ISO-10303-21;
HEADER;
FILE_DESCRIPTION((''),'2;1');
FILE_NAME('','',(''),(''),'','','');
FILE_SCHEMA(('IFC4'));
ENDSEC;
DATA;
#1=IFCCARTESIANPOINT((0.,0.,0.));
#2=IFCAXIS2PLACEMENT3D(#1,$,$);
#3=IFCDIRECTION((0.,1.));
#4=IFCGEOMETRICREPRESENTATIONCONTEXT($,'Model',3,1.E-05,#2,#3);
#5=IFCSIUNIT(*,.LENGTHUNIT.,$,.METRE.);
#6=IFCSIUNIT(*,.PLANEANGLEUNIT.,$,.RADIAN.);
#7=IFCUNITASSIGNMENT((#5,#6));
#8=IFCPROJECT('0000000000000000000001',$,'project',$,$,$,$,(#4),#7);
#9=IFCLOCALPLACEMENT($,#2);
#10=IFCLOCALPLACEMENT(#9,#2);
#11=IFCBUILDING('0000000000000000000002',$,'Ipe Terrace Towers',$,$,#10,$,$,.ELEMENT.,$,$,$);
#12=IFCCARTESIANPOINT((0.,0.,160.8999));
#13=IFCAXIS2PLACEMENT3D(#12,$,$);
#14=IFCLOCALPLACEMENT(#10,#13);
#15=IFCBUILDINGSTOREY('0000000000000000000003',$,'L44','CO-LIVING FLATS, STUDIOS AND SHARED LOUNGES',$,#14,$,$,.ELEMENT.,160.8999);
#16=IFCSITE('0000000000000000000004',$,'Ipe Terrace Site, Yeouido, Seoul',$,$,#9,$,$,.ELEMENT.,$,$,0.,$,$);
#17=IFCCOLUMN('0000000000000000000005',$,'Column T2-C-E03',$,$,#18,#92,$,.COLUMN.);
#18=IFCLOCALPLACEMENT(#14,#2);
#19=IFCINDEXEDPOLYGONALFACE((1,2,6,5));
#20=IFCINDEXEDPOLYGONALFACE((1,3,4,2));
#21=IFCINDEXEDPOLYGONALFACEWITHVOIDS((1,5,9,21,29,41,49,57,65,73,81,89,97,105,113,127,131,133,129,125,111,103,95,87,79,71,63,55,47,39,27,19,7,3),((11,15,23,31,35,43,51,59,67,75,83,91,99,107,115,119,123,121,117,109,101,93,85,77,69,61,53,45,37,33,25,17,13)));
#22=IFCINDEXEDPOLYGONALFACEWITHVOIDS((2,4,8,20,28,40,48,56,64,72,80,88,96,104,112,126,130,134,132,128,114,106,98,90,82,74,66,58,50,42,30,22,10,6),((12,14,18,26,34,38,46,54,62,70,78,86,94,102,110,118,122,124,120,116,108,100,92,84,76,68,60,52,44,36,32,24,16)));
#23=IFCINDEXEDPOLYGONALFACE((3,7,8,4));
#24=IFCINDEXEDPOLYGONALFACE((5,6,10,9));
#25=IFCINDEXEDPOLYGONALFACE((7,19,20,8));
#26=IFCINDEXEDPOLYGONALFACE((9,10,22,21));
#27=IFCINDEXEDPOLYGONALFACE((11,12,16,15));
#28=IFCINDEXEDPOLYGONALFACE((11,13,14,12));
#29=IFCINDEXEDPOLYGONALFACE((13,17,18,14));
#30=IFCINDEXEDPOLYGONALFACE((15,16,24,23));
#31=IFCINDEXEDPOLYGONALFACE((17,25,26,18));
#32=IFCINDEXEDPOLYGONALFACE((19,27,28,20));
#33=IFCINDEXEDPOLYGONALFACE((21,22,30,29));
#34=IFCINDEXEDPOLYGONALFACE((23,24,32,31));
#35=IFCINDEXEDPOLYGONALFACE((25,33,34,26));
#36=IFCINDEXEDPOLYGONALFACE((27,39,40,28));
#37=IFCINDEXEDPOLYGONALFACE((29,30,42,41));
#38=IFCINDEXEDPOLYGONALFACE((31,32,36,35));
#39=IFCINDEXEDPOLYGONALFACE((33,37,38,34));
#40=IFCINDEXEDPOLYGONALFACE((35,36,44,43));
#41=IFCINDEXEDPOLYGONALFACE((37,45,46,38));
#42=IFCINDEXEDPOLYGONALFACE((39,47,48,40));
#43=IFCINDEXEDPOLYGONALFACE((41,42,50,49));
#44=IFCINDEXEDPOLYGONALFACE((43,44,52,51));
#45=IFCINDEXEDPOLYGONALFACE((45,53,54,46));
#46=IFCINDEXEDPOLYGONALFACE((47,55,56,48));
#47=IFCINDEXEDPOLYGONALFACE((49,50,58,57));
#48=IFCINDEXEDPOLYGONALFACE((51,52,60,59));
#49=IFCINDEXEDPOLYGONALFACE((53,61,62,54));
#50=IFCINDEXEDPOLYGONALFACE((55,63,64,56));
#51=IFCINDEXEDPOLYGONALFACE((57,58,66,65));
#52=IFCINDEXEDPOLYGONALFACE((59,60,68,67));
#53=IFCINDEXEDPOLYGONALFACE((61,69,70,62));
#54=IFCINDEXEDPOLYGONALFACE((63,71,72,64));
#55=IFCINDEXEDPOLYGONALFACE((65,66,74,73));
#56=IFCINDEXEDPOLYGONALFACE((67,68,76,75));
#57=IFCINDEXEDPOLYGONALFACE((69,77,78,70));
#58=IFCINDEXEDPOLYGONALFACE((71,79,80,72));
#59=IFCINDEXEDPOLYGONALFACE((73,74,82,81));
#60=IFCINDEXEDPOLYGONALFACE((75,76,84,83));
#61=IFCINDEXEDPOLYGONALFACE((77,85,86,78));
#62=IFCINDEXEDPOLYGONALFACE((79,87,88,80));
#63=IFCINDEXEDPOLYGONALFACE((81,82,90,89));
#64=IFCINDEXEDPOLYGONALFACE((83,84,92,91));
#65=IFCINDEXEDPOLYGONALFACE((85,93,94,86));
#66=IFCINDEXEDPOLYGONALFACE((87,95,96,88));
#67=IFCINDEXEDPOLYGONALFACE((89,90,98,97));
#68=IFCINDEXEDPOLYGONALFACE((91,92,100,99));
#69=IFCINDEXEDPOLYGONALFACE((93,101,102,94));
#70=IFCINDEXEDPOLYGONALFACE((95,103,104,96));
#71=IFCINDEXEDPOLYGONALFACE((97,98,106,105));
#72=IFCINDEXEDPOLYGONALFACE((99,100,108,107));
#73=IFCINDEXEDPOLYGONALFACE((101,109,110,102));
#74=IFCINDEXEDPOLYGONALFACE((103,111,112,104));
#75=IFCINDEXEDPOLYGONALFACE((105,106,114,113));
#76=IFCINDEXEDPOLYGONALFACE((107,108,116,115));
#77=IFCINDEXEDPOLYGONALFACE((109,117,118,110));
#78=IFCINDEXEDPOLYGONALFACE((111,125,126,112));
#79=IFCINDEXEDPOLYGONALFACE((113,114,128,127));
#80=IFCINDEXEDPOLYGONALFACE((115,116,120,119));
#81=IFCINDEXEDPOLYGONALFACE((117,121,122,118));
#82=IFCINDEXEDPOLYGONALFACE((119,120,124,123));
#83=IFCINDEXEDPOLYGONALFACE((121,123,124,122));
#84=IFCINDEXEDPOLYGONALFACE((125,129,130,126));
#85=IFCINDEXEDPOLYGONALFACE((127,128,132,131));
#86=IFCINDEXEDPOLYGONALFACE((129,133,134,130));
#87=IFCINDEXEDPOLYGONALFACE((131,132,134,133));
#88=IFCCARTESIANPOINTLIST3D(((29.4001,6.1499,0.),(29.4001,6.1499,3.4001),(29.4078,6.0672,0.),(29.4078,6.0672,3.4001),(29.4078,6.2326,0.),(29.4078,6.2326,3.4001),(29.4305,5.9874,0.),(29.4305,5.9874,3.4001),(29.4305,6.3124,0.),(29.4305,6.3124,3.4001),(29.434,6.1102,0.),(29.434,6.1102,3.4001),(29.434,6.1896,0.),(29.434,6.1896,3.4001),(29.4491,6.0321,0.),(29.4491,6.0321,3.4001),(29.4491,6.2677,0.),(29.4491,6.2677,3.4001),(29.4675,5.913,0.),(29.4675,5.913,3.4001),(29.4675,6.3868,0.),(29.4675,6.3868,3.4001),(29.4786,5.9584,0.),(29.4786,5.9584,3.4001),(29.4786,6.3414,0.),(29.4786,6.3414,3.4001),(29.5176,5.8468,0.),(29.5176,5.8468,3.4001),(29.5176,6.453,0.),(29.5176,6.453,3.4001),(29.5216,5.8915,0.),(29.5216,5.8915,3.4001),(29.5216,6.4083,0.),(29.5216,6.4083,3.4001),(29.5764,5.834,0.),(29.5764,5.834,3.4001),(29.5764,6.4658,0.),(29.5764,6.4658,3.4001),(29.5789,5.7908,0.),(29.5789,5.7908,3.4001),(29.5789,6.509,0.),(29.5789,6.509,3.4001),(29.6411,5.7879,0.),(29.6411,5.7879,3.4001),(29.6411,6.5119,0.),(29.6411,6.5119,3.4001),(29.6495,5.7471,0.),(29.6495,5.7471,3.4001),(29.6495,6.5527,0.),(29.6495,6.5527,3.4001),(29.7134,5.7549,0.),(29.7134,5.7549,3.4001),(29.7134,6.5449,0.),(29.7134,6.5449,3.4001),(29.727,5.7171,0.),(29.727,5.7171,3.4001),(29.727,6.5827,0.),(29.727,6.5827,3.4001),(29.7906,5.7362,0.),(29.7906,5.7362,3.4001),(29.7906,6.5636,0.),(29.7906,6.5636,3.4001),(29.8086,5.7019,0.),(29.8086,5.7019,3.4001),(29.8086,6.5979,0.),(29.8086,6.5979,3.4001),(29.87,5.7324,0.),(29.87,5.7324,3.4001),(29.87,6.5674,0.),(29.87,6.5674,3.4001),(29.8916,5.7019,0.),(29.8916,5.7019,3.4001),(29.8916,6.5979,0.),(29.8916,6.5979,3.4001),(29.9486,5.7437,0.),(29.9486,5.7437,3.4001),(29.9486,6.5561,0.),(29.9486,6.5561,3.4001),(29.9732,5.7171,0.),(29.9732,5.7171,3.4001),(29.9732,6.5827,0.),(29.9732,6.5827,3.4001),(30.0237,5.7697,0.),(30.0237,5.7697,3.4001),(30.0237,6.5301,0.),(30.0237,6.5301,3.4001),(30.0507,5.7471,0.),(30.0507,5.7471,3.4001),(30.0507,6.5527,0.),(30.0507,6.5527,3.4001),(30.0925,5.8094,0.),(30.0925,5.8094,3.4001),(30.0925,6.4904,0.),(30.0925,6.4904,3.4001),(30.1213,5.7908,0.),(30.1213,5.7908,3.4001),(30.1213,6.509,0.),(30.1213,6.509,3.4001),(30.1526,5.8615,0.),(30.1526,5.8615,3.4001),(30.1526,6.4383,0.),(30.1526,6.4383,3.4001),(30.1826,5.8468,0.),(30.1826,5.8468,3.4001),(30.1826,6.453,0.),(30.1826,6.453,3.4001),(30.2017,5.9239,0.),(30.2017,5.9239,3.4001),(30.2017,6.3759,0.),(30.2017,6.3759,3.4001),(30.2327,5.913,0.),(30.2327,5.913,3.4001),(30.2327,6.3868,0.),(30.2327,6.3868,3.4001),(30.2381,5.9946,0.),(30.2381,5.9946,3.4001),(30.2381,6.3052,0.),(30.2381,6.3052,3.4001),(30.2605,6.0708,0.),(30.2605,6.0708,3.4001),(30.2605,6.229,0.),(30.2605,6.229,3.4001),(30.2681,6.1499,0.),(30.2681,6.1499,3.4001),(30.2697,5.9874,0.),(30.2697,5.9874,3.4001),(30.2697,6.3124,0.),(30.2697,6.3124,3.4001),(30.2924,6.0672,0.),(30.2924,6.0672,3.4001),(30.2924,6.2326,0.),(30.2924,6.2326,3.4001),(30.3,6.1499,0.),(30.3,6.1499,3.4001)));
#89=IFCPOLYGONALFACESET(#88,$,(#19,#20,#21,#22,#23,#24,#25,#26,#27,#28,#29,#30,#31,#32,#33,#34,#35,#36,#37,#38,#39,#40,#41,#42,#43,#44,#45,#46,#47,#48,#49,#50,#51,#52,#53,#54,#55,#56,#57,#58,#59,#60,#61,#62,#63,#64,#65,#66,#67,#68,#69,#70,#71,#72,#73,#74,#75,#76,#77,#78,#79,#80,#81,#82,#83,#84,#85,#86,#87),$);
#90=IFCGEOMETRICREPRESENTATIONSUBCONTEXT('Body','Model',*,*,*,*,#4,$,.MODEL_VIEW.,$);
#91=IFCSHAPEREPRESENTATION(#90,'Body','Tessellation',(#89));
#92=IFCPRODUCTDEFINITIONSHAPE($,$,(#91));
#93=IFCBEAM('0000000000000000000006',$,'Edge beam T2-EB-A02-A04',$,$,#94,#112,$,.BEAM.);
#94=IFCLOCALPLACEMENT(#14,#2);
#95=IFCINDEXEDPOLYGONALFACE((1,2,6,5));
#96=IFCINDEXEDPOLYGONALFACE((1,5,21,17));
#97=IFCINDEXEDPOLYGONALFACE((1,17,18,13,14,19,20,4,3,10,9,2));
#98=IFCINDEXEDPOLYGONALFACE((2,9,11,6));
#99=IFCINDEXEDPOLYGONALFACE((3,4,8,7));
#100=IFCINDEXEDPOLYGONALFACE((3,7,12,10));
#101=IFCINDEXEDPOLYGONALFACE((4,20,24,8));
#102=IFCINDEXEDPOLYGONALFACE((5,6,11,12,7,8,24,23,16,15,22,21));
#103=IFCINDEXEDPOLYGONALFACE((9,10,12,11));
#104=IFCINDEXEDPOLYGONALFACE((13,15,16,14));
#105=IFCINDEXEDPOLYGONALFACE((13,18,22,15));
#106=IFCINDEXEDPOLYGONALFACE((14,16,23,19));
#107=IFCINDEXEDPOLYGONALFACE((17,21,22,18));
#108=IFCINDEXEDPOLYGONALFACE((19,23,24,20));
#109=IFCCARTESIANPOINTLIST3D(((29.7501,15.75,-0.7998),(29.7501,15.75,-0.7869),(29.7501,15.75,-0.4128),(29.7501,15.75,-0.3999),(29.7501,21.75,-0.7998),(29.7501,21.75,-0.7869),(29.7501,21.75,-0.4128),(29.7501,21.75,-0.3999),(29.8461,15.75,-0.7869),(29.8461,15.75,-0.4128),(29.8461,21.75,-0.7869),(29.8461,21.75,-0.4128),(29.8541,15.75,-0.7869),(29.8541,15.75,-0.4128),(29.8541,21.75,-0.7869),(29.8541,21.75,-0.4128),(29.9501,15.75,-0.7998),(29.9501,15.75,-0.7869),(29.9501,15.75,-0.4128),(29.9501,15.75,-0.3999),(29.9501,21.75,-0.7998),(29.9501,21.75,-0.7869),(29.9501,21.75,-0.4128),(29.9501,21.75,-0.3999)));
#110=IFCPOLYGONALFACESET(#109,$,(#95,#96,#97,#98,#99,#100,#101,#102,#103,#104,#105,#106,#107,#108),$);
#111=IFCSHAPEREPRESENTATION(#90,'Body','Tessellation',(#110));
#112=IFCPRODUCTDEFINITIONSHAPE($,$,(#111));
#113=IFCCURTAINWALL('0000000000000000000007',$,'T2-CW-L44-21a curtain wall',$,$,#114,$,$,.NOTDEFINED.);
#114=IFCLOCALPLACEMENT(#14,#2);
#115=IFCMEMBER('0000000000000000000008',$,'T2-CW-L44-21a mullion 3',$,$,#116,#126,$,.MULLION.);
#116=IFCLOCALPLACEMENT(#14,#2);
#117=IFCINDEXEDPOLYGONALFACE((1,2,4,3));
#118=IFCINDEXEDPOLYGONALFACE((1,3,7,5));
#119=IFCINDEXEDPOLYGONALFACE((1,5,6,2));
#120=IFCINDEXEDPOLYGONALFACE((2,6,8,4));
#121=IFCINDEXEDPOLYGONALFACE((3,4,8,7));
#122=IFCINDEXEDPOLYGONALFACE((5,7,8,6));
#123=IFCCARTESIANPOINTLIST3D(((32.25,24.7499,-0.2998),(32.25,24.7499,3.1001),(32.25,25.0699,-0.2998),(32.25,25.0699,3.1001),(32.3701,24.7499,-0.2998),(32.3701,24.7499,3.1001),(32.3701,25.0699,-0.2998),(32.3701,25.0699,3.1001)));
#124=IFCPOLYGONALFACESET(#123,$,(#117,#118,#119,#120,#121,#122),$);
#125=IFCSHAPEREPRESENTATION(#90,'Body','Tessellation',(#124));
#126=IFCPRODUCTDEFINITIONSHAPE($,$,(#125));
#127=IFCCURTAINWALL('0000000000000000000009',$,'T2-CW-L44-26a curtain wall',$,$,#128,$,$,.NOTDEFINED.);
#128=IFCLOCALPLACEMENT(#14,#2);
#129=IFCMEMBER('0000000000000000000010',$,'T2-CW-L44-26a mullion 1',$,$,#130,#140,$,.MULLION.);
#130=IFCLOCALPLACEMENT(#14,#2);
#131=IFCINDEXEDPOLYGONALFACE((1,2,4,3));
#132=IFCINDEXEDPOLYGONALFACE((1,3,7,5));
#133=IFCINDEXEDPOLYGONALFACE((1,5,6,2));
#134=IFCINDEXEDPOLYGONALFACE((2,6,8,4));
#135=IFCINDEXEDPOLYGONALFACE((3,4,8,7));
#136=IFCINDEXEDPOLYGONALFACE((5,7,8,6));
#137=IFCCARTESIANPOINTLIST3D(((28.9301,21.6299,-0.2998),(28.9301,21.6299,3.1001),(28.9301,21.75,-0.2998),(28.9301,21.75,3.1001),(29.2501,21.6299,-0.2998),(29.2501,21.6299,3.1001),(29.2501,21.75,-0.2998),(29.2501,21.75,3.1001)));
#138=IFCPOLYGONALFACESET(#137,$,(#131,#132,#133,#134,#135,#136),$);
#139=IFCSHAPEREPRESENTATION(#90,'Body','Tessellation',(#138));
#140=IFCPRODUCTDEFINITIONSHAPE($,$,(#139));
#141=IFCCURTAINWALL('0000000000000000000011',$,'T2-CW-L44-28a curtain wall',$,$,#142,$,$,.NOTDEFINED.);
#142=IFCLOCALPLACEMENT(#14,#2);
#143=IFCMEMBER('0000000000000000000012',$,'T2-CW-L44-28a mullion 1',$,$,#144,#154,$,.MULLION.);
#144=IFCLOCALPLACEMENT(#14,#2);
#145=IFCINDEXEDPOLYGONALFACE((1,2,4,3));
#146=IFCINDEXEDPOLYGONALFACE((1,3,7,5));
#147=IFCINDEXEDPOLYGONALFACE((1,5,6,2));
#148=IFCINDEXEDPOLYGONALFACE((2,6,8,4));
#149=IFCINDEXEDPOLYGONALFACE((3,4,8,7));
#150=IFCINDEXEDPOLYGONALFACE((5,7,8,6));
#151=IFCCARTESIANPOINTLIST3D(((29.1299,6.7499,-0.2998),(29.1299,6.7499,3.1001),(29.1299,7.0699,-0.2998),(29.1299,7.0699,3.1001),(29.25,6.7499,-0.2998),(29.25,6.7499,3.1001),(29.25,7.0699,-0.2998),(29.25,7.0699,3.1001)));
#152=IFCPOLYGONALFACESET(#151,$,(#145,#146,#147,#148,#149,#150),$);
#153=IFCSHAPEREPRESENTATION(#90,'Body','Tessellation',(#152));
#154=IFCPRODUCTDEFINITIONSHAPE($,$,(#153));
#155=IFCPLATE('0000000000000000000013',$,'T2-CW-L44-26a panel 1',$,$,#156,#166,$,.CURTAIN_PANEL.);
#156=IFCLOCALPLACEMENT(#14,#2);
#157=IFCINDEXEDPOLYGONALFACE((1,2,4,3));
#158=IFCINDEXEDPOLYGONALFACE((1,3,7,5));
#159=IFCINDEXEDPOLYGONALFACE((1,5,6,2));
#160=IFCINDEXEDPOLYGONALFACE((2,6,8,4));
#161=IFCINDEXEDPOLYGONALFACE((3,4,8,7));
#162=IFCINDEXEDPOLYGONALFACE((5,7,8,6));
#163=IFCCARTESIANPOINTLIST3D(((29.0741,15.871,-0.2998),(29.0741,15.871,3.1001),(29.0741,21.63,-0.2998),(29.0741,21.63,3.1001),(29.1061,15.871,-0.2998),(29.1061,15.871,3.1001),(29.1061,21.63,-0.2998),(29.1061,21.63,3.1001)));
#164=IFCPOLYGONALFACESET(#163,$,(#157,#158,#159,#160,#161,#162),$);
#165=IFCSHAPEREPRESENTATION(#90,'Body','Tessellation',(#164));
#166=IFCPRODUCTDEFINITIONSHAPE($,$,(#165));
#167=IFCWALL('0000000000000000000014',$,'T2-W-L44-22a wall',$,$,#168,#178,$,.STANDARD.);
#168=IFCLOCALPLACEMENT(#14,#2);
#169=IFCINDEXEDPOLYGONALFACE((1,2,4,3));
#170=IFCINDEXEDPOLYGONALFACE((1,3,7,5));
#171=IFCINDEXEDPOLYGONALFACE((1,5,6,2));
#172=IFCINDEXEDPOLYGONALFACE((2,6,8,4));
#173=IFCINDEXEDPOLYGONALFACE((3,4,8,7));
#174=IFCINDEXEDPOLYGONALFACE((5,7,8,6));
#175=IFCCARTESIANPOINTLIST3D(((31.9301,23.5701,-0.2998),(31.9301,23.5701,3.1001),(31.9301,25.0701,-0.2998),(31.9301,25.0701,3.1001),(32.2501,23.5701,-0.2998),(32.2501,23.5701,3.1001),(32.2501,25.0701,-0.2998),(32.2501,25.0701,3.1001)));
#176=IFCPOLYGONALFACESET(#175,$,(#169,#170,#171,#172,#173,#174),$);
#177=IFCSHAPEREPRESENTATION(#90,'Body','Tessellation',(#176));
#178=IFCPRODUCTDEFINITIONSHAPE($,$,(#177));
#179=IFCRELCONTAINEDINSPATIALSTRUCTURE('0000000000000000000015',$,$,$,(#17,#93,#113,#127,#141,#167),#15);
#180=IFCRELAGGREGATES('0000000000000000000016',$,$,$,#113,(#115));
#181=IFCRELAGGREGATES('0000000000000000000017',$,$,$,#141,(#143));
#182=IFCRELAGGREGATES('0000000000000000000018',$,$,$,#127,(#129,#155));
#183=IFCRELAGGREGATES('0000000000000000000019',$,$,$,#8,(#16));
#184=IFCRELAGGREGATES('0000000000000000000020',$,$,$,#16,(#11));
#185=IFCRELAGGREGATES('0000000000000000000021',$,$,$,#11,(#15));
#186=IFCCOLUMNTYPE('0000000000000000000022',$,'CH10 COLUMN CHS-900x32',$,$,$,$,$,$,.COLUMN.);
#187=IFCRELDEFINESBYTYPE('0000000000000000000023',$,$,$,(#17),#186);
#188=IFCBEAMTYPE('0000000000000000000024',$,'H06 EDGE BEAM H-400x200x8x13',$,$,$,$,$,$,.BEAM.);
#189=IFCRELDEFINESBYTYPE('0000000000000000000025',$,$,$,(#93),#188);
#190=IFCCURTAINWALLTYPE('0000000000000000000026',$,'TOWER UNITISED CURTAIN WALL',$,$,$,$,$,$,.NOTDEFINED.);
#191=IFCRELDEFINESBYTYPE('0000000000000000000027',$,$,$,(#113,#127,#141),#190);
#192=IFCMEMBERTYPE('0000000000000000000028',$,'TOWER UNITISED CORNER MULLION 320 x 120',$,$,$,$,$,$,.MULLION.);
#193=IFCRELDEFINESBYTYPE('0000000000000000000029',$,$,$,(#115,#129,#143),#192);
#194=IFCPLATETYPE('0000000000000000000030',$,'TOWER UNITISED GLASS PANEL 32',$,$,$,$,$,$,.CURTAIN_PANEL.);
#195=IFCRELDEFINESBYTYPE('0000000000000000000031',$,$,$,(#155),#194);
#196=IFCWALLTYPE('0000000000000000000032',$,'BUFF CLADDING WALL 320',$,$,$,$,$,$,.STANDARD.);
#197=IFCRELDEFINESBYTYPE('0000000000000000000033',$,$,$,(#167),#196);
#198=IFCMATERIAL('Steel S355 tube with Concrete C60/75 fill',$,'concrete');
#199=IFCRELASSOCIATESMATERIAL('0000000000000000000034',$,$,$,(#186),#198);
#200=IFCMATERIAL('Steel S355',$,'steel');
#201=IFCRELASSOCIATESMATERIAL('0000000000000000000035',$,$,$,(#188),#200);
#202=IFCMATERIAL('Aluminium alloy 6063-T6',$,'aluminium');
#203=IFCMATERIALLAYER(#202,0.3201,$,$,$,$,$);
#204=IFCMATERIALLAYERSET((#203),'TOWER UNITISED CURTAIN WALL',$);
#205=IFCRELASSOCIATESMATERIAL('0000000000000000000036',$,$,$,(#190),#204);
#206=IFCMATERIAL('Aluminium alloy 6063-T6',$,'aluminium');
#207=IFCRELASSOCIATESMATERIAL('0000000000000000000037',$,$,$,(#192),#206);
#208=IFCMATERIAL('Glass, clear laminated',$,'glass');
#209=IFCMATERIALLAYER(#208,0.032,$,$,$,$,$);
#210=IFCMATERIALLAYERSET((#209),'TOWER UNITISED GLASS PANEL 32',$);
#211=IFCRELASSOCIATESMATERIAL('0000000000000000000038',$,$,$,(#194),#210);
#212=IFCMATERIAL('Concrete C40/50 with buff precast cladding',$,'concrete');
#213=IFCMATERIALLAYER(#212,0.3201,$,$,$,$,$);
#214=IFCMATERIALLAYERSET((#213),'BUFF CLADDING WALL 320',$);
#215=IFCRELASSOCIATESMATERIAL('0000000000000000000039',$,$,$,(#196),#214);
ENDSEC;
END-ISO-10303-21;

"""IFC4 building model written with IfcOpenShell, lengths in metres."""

from ifc_helpers import new_model, si_unit, direction, frame, frame_2d, origin, origin_2d, place, context, subcontext, project, spatial, rectangle, hollow_circle, i_section, extrude, material, layer, layer_set, material_profile, profile_set, type_object, element, aggregate, save


model = new_model("IFC4")

# Units and contexts
model_context = context("Model", 3, precision=1e-05, world=origin(), true_north=direction((0.0, 1.0)))
body_context = subcontext(model_context, "Body", "Model", "MODEL_VIEW")
ifc_project = project(units=[si_unit("LENGTHUNIT", "METRE"), si_unit("PLANEANGLEUNIT", "RADIAN")], contexts=[model_context])

# Site, building, storey
site_placement = place(None, origin())
site = spatial("IfcSite", under=ifc_project, at=site_placement, Name="Ipe Terrace Site, Yeouido, Seoul", CompositionType="ELEMENT", RefElevation=0.0)
building_placement = place(site_placement, origin())
building = spatial("IfcBuilding", under=site, at=building_placement, Name="Ipe Terrace Towers", CompositionType="ELEMENT")
storey_placement = place(building_placement, frame((0.0, 0.0, 160.8999)))
storey = spatial("IfcBuildingStorey", under=building, at=storey_placement, Name="L44", Description="CO-LIVING FLATS, STUDIOS AND SHARED LOUNGES", CompositionType="ELEMENT", Elevation=160.8999)

# Column
ifc_material_1 = material(Name="Steel S355 tube with Concrete C60/75 fill", Category="concrete")
ifc_material_profile_1 = material_profile(ifc_material_1, hollow_circle(Radius=0.45, WallThickness=0.032, at=origin_2d()), Name="CHS-900x32")
ifc_profile_set_1 = profile_set([ifc_material_profile_1], Name="Steel S355 tube with Concrete C60/75 fill")
column_type_1 = type_object("IfcColumnType", Name="CH10 COLUMN CHS-900x32", PredefinedType="COLUMN", material=ifc_profile_set_1)
column_placement = place(storey_placement, frame((29.8501, 6.1499, 0.0), z_axis=(0.0, 0.0, 1.0), x_axis=(1.0, 0.0, 0.0)))
element("IfcColumn", 1, at=column_placement, inside=storey, type_object=column_type_1, Name="Column T2-C-E03", PredefinedType="COLUMN", context=body_context, shape_type="SweptSolid", body=[
    extrude(hollow_circle(Radius=0.45, WallThickness=0.032, at=origin_2d()), origin(), (0.0, 0.0, 1.0), 3.4001),
])

# Beam
ifc_material_2 = material(Name="Steel S355", Category="steel")
ifc_material_profile_2 = material_profile(ifc_material_2, i_section(OverallWidth=0.2, OverallDepth=0.3999, WebThickness=0.0081, FlangeThickness=0.0129, at=origin_2d()), Name="H-400x200x8x13")
ifc_profile_set_2 = profile_set([ifc_material_profile_2], Name="Steel S355")
beam_type = type_object("IfcBeamType", Name="H06 EDGE BEAM H-400x200x8x13", PredefinedType="BEAM", material=ifc_profile_set_2)
beam_placement = place(storey_placement, frame((29.8501, 15.75, -0.5999), z_axis=(0.0, 1.0, 0.0), x_axis=(-1.0, 0.0, 0.0)))
element("IfcBeam", 2, at=beam_placement, inside=storey, type_object=beam_type, Name="Edge beam T2-EB-A02-A04", PredefinedType="BEAM", context=body_context, shape_type="SweptSolid", body=[
    extrude(i_section(OverallWidth=0.2, OverallDepth=0.3999, WebThickness=0.0081, FlangeThickness=0.0129, at=origin_2d()), origin(), (0.0, 0.0, 1.0), 6.0),
])

# Curtain walls, members
ifc_material_3 = material(Name="Aluminium alloy 6063-T6", Category="aluminium")
ifc_layer_1 = layer(ifc_material_3, 0.3201)
ifc_layer_set_1 = layer_set([ifc_layer_1], Name="TOWER UNITISED CURTAIN WALL")
curtain_wall_type = type_object("IfcCurtainWallType", Name="TOWER UNITISED CURTAIN WALL", PredefinedType="NOTDEFINED", material=ifc_layer_set_1)
curtain_wall_1_placement = place(storey_placement, origin())
curtain_wall_1 = element("IfcCurtainWall", 3, at=curtain_wall_1_placement, inside=storey, type_object=curtain_wall_type, Name="T2-CW-L44-21a curtain wall", PredefinedType="NOTDEFINED")
ifc_material_4 = material(Name="Aluminium alloy 6063-T6", Category="aluminium")
ifc_material_profile_3 = material_profile(ifc_material_4, rectangle(XDim=0.3201, YDim=0.1201, at=origin_2d()), Name="TOWER UNITISED CORNER MULLION 320 x 120")
ifc_profile_set_3 = profile_set([ifc_material_profile_3], Name="Aluminium alloy 6063-T6")
member_type = type_object("IfcMemberType", Name="TOWER UNITISED CORNER MULLION 320 x 120", PredefinedType="MULLION", material=ifc_profile_set_3)
member_1_placement = place(storey_placement, frame((32.3101, 24.9099, -0.2998), z_axis=(0.0, 0.0, 1.0), x_axis=(0.0, 1.0, 0.0)))
member_1 = element("IfcMember", 4, at=member_1_placement, type_object=member_type, Name="T2-CW-L44-21a mullion 3", PredefinedType="MULLION", context=body_context, shape_type="SweptSolid", body=[
    extrude(rectangle(XDim=0.3201, YDim=0.1201, at=origin_2d()), origin(), (0.0, 0.0, 1.0), 3.3999),
])
aggregate(curtain_wall_1, [member_1])
curtain_wall_2_placement = place(storey_placement, origin())
curtain_wall_2 = element("IfcCurtainWall", 5, at=curtain_wall_2_placement, inside=storey, type_object=curtain_wall_type, Name="T2-CW-L44-26a curtain wall", PredefinedType="NOTDEFINED")
member_2_placement = place(storey_placement, frame((29.0901, 21.6899, -0.2998), z_axis=(0.0, 0.0, 1.0), x_axis=(-1.0, 0.0, 0.0)))
member_2 = element("IfcMember", 6, at=member_2_placement, type_object=member_type, Name="T2-CW-L44-26a mullion 1", PredefinedType="MULLION", context=body_context, shape_type="SweptSolid", body=[
    extrude(rectangle(XDim=0.3201, YDim=0.1201, at=origin_2d()), origin(), (0.0, 0.0, 1.0), 3.3999),
])
curtain_wall_3_placement = place(storey_placement, origin())
curtain_wall_3 = element("IfcCurtainWall", 7, at=curtain_wall_3_placement, inside=storey, type_object=curtain_wall_type, Name="T2-CW-L44-28a curtain wall", PredefinedType="NOTDEFINED")
member_3_placement = place(storey_placement, frame((29.1899, 6.9099, -0.2998), z_axis=(0.0, 0.0, 1.0), x_axis=(0.0, 1.0, 0.0)))
member_3 = element("IfcMember", 8, at=member_3_placement, type_object=member_type, Name="T2-CW-L44-28a mullion 1", PredefinedType="MULLION", context=body_context, shape_type="SweptSolid", body=[
    extrude(rectangle(XDim=0.3201, YDim=0.1201, at=origin_2d()), origin(), (0.0, 0.0, 1.0), 3.3999),
])
aggregate(curtain_wall_3, [member_3])

# Plate
ifc_material_5 = material(Name="Glass, clear laminated", Category="glass")
ifc_layer_2 = layer(ifc_material_5, 0.032)
ifc_layer_set_2 = layer_set([ifc_layer_2], Name="TOWER UNITISED GLASS PANEL 32")
plate_type = type_object("IfcPlateType", Name="TOWER UNITISED GLASS PANEL 32", PredefinedType="CURTAIN_PANEL", material=ifc_layer_set_2)
plate_placement = place(storey_placement, frame((29.0901, 18.7505, -0.2998), z_axis=(0.0, 0.0, 1.0), x_axis=(0.0, -1.0, 0.0)))
plate = element("IfcPlate", 9, at=plate_placement, type_object=plate_type, Name="T2-CW-L44-26a panel 1", PredefinedType="CURTAIN_PANEL", context=body_context, shape_type="SweptSolid", body=[
    extrude(rectangle(XDim=5.759, YDim=0.032, at=origin_2d()), origin(), (0.0, 0.0, 1.0), 3.3999),
])
aggregate(curtain_wall_2, [member_2, plate])

# Wall
ifc_material_6 = material(Name="Concrete C40/50 with buff precast cladding", Category="concrete")
ifc_layer_3 = layer(ifc_material_6, 0.3201)
ifc_layer_set_3 = layer_set([ifc_layer_3], Name="BUFF CLADDING WALL 320")
wall_type_1 = type_object("IfcWallType", Name="BUFF CLADDING WALL 320", PredefinedType="STANDARD", material=ifc_layer_set_3)
wall_1_placement = place(storey_placement, frame((32.0901, 25.0701, -0.2998), z_axis=(0.0, 0.0, 1.0), x_axis=(0.0, -1.0, 0.0)))
element("IfcWall", 10, at=wall_1_placement, inside=storey, type_object=wall_type_1, Name="T2-W-L44-22a wall", PredefinedType="STANDARD", context=body_context, shape_type="SweptSolid", body=[
    extrude(rectangle(XDim=1.5, YDim=0.3201, at=frame_2d((0.75, 0.0))), origin(), (0.0, 0.0, 1.0), 3.3999),
])

save(model, "model.ifc")
